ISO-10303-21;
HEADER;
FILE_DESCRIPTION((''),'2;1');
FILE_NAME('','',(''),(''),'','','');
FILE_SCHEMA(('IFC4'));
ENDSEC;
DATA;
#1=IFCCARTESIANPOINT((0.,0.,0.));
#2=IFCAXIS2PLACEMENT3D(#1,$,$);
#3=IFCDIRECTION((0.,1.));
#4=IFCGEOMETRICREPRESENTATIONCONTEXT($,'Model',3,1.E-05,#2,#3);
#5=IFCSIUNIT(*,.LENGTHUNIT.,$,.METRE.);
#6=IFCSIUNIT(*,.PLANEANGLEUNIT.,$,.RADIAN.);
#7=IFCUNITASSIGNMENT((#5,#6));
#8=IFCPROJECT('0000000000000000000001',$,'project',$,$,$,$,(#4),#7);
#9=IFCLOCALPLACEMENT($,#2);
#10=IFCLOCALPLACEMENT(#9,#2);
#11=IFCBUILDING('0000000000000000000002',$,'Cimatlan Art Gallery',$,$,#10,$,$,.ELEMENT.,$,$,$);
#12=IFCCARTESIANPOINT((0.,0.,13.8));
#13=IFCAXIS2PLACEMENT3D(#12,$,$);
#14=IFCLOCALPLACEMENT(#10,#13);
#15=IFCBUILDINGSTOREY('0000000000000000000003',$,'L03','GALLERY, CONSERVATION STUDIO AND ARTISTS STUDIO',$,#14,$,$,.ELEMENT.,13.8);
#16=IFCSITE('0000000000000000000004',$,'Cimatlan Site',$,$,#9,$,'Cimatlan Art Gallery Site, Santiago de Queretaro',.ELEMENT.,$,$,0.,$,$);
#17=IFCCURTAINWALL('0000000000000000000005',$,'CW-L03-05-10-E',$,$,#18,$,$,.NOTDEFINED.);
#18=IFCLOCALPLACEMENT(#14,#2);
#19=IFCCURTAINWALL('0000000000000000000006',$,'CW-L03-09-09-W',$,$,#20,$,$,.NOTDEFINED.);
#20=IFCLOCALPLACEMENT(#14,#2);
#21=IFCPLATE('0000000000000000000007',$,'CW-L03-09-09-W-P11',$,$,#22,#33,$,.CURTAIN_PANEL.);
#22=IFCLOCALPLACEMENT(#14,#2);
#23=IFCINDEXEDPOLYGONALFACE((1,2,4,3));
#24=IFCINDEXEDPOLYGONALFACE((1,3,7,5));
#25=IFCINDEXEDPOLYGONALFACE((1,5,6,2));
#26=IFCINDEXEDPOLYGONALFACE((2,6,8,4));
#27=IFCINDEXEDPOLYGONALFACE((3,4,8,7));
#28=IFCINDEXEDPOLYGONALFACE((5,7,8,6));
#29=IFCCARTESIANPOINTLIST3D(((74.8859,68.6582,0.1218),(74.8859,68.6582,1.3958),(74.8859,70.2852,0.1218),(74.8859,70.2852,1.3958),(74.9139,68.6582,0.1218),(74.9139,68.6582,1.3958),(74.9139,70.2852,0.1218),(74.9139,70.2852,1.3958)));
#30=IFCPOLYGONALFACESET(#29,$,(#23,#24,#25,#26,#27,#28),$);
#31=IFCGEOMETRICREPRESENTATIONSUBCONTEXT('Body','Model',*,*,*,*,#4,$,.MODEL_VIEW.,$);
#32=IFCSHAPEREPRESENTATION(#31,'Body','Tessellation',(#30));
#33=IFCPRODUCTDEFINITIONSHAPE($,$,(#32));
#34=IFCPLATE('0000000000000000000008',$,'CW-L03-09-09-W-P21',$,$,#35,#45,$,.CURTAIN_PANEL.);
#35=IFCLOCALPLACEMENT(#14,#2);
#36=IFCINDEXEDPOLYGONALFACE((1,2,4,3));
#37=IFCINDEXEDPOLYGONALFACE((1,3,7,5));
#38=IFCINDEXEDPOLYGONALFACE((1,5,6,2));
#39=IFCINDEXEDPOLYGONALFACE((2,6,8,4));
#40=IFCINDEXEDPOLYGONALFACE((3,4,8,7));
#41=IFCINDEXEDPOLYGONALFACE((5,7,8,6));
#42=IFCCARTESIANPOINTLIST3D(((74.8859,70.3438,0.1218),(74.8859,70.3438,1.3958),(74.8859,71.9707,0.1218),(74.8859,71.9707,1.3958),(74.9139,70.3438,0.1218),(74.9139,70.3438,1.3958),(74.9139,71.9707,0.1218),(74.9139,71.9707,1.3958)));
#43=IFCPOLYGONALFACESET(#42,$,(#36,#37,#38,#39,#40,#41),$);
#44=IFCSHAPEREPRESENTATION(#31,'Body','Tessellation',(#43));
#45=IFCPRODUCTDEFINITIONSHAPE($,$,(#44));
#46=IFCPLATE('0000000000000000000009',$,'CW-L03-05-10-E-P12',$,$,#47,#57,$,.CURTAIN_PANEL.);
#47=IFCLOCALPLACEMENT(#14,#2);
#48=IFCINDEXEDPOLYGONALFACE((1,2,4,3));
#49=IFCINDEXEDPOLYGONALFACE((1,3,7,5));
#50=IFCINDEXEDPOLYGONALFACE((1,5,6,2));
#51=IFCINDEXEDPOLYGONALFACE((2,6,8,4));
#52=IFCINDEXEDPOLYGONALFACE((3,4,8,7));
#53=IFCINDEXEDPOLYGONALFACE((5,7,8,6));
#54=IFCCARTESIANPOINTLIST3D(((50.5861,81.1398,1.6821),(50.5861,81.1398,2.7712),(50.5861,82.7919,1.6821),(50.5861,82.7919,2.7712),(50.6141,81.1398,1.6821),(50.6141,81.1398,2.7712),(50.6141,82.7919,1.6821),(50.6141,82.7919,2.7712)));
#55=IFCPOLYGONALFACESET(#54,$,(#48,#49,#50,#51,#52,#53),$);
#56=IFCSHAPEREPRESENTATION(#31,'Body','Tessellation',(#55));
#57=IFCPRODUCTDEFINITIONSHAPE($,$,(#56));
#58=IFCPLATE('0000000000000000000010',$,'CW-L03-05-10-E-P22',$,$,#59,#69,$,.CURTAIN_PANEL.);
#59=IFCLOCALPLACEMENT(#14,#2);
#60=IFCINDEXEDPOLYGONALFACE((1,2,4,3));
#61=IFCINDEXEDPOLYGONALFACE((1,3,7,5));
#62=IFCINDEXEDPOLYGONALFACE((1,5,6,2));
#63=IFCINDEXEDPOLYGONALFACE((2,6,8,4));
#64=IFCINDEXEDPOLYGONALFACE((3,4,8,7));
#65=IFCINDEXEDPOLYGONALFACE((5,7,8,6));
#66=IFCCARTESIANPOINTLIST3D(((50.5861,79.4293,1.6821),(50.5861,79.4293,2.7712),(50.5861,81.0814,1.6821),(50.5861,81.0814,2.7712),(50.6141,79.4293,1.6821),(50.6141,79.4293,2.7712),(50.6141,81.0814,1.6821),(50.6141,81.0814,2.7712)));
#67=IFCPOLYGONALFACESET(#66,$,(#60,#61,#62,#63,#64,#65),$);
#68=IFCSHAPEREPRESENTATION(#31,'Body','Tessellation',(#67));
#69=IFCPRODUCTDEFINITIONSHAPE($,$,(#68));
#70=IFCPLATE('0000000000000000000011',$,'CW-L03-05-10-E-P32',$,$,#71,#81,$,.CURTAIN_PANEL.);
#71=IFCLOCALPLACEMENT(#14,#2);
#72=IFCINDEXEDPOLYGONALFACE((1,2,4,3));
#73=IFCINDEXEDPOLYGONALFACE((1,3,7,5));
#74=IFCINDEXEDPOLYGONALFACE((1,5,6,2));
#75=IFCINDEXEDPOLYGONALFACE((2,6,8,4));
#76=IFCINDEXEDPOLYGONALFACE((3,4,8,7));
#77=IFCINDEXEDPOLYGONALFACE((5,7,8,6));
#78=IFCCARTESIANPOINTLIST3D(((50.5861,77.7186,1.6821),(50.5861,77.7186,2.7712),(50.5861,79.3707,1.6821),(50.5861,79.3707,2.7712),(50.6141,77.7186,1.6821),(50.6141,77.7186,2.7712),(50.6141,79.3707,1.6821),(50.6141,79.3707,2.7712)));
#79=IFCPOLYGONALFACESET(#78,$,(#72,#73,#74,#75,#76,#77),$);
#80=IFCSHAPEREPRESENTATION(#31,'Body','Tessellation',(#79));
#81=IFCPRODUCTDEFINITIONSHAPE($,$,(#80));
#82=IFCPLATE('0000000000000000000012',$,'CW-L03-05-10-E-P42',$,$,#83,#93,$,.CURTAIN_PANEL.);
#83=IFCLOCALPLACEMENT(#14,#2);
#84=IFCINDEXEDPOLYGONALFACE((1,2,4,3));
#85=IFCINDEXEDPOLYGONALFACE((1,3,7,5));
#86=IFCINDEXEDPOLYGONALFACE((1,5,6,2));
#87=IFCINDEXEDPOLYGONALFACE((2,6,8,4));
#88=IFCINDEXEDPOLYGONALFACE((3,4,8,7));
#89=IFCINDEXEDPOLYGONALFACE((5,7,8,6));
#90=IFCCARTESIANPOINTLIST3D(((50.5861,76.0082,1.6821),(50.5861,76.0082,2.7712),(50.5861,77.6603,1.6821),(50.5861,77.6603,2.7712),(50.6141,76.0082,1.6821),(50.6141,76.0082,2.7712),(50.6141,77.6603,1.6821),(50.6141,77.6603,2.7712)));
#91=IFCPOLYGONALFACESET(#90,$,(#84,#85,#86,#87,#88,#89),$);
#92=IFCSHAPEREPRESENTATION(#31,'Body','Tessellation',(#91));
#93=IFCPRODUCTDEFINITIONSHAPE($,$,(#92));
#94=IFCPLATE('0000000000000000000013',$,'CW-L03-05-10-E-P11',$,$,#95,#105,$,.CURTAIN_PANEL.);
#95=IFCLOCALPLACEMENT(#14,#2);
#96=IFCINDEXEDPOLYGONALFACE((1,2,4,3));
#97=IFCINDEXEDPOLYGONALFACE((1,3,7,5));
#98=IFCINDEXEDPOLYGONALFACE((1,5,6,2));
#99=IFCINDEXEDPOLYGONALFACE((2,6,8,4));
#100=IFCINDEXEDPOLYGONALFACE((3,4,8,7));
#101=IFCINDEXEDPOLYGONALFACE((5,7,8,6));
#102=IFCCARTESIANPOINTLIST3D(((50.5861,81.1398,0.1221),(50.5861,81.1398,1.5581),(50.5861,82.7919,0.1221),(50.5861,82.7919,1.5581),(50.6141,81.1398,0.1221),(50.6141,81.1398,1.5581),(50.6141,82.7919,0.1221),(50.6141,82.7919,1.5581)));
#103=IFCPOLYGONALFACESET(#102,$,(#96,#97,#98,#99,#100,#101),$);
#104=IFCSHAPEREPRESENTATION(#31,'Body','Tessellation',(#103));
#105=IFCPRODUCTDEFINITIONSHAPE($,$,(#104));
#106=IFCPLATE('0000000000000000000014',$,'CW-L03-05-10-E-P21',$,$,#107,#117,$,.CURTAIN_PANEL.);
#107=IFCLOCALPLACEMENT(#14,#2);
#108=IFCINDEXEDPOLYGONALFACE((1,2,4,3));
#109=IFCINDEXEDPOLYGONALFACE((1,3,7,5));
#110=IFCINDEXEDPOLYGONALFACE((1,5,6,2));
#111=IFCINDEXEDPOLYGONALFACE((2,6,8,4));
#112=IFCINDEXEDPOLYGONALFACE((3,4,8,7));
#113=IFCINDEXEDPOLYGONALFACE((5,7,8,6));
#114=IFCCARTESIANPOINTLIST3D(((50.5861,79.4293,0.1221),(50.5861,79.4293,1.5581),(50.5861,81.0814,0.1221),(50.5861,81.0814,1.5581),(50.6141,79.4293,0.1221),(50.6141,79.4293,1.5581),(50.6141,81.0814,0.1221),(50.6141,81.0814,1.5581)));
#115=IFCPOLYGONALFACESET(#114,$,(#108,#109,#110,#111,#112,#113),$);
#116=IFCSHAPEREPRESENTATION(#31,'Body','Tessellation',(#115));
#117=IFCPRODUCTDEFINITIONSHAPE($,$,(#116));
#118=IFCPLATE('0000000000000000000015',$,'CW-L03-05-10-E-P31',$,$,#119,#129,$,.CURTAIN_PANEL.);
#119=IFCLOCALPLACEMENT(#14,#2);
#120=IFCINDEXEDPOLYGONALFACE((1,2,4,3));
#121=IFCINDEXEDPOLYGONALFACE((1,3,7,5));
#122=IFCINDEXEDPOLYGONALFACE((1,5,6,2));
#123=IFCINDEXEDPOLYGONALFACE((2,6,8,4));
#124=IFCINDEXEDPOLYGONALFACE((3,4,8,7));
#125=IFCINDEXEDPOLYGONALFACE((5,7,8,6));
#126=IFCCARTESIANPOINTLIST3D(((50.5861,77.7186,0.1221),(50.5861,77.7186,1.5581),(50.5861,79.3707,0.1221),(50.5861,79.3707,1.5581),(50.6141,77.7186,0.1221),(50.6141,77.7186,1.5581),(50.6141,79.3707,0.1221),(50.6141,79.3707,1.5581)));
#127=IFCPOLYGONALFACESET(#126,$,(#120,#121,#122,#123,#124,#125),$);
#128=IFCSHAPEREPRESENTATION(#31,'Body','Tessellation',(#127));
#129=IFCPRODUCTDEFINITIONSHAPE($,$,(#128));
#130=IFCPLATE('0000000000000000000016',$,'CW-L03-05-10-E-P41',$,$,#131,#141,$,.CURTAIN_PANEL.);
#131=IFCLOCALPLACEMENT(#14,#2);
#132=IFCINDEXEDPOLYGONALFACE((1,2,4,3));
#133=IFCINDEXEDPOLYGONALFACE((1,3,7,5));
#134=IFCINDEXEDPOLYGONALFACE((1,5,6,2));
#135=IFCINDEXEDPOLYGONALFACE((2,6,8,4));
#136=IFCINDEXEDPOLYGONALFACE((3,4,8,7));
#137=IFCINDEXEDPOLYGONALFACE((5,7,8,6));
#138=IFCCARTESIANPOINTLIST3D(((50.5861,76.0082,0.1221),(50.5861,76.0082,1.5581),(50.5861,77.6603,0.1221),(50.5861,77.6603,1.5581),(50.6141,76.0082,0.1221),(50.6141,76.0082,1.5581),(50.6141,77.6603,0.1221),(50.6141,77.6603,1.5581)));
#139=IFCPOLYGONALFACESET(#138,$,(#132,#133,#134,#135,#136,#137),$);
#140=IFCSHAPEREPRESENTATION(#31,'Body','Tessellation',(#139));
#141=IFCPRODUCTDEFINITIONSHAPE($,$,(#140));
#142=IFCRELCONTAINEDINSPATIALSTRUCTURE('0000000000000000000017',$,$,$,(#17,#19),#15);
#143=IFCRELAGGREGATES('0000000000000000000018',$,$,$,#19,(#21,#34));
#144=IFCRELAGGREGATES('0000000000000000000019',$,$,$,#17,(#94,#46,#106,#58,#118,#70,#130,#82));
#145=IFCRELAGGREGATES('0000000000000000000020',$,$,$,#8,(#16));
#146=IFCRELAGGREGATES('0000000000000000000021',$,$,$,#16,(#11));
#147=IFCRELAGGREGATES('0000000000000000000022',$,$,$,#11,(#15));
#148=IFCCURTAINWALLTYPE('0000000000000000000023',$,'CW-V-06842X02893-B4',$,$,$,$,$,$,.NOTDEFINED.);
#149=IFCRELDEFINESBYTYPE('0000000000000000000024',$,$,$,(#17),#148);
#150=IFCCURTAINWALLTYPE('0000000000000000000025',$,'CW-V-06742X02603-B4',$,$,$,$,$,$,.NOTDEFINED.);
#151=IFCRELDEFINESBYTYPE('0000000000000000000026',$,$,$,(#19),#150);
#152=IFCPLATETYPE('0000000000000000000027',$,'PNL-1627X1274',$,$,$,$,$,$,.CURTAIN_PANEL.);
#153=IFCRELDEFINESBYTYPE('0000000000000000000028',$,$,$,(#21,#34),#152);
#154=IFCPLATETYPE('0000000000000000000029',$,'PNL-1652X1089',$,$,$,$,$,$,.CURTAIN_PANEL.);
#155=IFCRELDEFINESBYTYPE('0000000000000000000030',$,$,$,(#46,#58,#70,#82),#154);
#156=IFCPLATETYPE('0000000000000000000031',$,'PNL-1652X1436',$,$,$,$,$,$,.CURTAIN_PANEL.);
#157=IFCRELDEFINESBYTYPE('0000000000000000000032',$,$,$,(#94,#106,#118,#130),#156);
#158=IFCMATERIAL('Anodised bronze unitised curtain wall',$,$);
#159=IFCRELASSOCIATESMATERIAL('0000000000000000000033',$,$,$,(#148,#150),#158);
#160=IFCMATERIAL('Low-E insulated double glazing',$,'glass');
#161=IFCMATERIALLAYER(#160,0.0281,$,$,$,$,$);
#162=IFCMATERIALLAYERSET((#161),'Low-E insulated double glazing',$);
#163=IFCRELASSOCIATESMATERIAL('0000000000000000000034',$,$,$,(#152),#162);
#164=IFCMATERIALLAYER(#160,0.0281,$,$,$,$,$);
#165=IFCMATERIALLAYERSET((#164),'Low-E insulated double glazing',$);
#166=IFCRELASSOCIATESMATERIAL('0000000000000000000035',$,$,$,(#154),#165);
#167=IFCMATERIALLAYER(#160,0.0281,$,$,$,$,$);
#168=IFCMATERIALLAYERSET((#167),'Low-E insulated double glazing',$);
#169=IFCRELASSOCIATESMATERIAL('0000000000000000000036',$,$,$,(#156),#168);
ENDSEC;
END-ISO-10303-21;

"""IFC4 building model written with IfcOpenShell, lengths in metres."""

from ifc_helpers import new_model, si_unit, direction, frame, origin, origin_2d, place, context, subcontext, project, spatial, rectangle, extrude, material, layer, layer_set, type_object, element, aggregate, save


model = new_model("IFC4")

# Units and contexts
model_context = context("Model", 3, precision=1e-05, world=origin(), true_north=direction((0.0, 1.0)))
body_context = subcontext(model_context, "Body", "Model", "MODEL_VIEW")
ifc_project = project(units=[si_unit("LENGTHUNIT", "METRE"), si_unit("PLANEANGLEUNIT", "RADIAN")], contexts=[model_context])

# Site, building, storey
site_placement = place(None, origin())
site = spatial("IfcSite", under=ifc_project, at=site_placement, Name="Cimatlan Site", LongName="Cimatlan Art Gallery Site, Santiago de Queretaro", CompositionType="ELEMENT", RefElevation=0.0)
building_placement = place(site_placement, origin())
building = spatial("IfcBuilding", under=site, at=building_placement, Name="Cimatlan Art Gallery", CompositionType="ELEMENT")
storey_placement = place(building_placement, frame((0.0, 0.0, 13.8)))
storey = spatial("IfcBuildingStorey", under=building, at=storey_placement, Name="L03", Description="GALLERY, CONSERVATION STUDIO AND ARTISTS STUDIO", CompositionType="ELEMENT", Elevation=13.8)

# Curtain wall
ifc_material_1 = material(Name="Anodised bronze unitised curtain wall")
curtain_wall_type_1 = type_object("IfcCurtainWallType", Name="CW-V-06842X02893-B4", PredefinedType="NOTDEFINED", material=ifc_material_1)
curtain_wall_1_placement = place(storey_placement, origin())
curtain_wall_1 = element("IfcCurtainWall", 1, at=curtain_wall_1_placement, inside=storey, type_object=curtain_wall_type_1, Name="CW-L03-05-10-E", PredefinedType="NOTDEFINED")

# Curtain wall
curtain_wall_type_2 = type_object("IfcCurtainWallType", Name="CW-V-06742X02603-B4", PredefinedType="NOTDEFINED", material=ifc_material_1)
curtain_wall_2_placement = place(storey_placement, origin())
curtain_wall_2 = element("IfcCurtainWall", 2, at=curtain_wall_2_placement, inside=storey, type_object=curtain_wall_type_2, Name="CW-L03-09-09-W", PredefinedType="NOTDEFINED")

# Plates
ifc_material_2 = material(Name="Low-E insulated double glazing", Category="glass")
ifc_layer_1 = layer(ifc_material_2, 0.0281)
ifc_layer_set_1 = layer_set([ifc_layer_1], Name="Low-E insulated double glazing")
plate_type_1 = type_object("IfcPlateType", Name="PNL-1627X1274", PredefinedType="CURTAIN_PANEL", material=ifc_layer_set_1)
plate_1_placement = place(storey_placement, frame((74.8999, 69.4717, 0.1218), z_axis=(0.0, 0.0, 1.0), x_axis=(0.0, 1.0, 0.0)))
plate_1 = element("IfcPlate", 3, at=plate_1_placement, type_object=plate_type_1, Name="CW-L03-09-09-W-P11", PredefinedType="CURTAIN_PANEL", context=body_context, shape_type="SweptSolid", body=[
    extrude(rectangle(XDim=1.627, YDim=0.0281, at=origin_2d()), origin(), (0.0, 0.0, 1.0), 1.2739),
])
plate_2_placement = place(storey_placement, frame((74.8999, 71.1572, 0.1218), z_axis=(0.0, 0.0, 1.0), x_axis=(0.0, 1.0, 0.0)))
plate_2 = element("IfcPlate", 4, at=plate_2_placement, type_object=plate_type_1, Name="CW-L03-09-09-W-P21", PredefinedType="CURTAIN_PANEL", context=body_context, shape_type="SweptSolid", body=[
    extrude(rectangle(XDim=1.627, YDim=0.0281, at=origin_2d()), origin(), (0.0, 0.0, 1.0), 1.2739),
])
aggregate(curtain_wall_2, [plate_1, plate_2])
ifc_layer_2 = layer(ifc_material_2, 0.0281)
ifc_layer_set_2 = layer_set([ifc_layer_2], Name="Low-E insulated double glazing")
plate_type_2 = type_object("IfcPlateType", Name="PNL-1652X1089", PredefinedType="CURTAIN_PANEL", material=ifc_layer_set_2)
plate_3_placement = place(storey_placement, frame((50.6001, 81.9658, 1.6821), z_axis=(0.0, 0.0, 1.0), x_axis=(0.0, -1.0, 0.0)))
plate_3 = element("IfcPlate", 5, at=plate_3_placement, type_object=plate_type_2, Name="CW-L03-05-10-E-P12", PredefinedType="CURTAIN_PANEL", context=body_context, shape_type="SweptSolid", body=[
    extrude(rectangle(XDim=1.6521, YDim=0.0281, at=origin_2d()), origin(), (0.0, 0.0, 1.0), 1.0891),
])
plate_4_placement = place(storey_placement, frame((50.6001, 80.2554, 1.6821), z_axis=(0.0, 0.0, 1.0), x_axis=(0.0, -1.0, 0.0)))
plate_4 = element("IfcPlate", 6, at=plate_4_placement, type_object=plate_type_2, Name="CW-L03-05-10-E-P22", PredefinedType="CURTAIN_PANEL", context=body_context, shape_type="SweptSolid", body=[
    extrude(rectangle(XDim=1.6521, YDim=0.0281, at=origin_2d()), origin(), (0.0, 0.0, 1.0), 1.0891),
])
plate_5_placement = place(storey_placement, frame((50.6001, 78.5447, 1.6821), z_axis=(0.0, 0.0, 1.0), x_axis=(0.0, -1.0, 0.0)))
plate_5 = element("IfcPlate", 7, at=plate_5_placement, type_object=plate_type_2, Name="CW-L03-05-10-E-P32", PredefinedType="CURTAIN_PANEL", context=body_context, shape_type="SweptSolid", body=[
    extrude(rectangle(XDim=1.6521, YDim=0.0281, at=origin_2d()), origin(), (0.0, 0.0, 1.0), 1.0891),
])
plate_6_placement = place(storey_placement, frame((50.6001, 76.8342, 1.6821), z_axis=(0.0, 0.0, 1.0), x_axis=(0.0, -1.0, 0.0)))
plate_6 = element("IfcPlate", 8, at=plate_6_placement, type_object=plate_type_2, Name="CW-L03-05-10-E-P42", PredefinedType="CURTAIN_PANEL", context=body_context, shape_type="SweptSolid", body=[
    extrude(rectangle(XDim=1.6521, YDim=0.0281, at=origin_2d()), origin(), (0.0, 0.0, 1.0), 1.0891),
])
ifc_layer_3 = layer(ifc_material_2, 0.0281)
ifc_layer_set_3 = layer_set([ifc_layer_3], Name="Low-E insulated double glazing")
plate_type_3 = type_object("IfcPlateType", Name="PNL-1652X1436", PredefinedType="CURTAIN_PANEL", material=ifc_layer_set_3)
plate_7_placement = place(storey_placement, frame((50.6001, 81.9658, 0.1221), z_axis=(0.0, 0.0, 1.0), x_axis=(0.0, -1.0, 0.0)))
plate_7 = element("IfcPlate", 9, at=plate_7_placement, type_object=plate_type_3, Name="CW-L03-05-10-E-P11", PredefinedType="CURTAIN_PANEL", context=body_context, shape_type="SweptSolid", body=[
    extrude(rectangle(XDim=1.6521, YDim=0.0281, at=origin_2d()), origin(), (0.0, 0.0, 1.0), 1.436),
])
plate_8_placement = place(storey_placement, frame((50.6001, 80.2554, 0.1221), z_axis=(0.0, 0.0, 1.0), x_axis=(0.0, -1.0, 0.0)))
plate_8 = element("IfcPlate", 10, at=plate_8_placement, type_object=plate_type_3, Name="CW-L03-05-10-E-P21", PredefinedType="CURTAIN_PANEL", context=body_context, shape_type="SweptSolid", body=[
    extrude(rectangle(XDim=1.6521, YDim=0.0281, at=origin_2d()), origin(), (0.0, 0.0, 1.0), 1.436),
])
plate_9_placement = place(storey_placement, frame((50.6001, 78.5447, 0.1221), z_axis=(0.0, 0.0, 1.0), x_axis=(0.0, -1.0, 0.0)))
plate_9 = element("IfcPlate", 11, at=plate_9_placement, type_object=plate_type_3, Name="CW-L03-05-10-E-P31", PredefinedType="CURTAIN_PANEL", context=body_context, shape_type="SweptSolid", body=[
    extrude(rectangle(XDim=1.6521, YDim=0.0281, at=origin_2d()), origin(), (0.0, 0.0, 1.0), 1.436),
])
plate_10_placement = place(storey_placement, frame((50.6001, 76.8342, 0.1221), z_axis=(0.0, 0.0, 1.0), x_axis=(0.0, -1.0, 0.0)))
plate_10 = element("IfcPlate", 12, at=plate_10_placement, type_object=plate_type_3, Name="CW-L03-05-10-E-P41", PredefinedType="CURTAIN_PANEL", context=body_context, shape_type="SweptSolid", body=[
    extrude(rectangle(XDim=1.6521, YDim=0.0281, at=origin_2d()), origin(), (0.0, 0.0, 1.0), 1.436),
])
aggregate(curtain_wall_1, [plate_7, plate_3, plate_8, plate_4, plate_9, plate_5, plate_10, plate_6])

save(model, "model.ifc")
